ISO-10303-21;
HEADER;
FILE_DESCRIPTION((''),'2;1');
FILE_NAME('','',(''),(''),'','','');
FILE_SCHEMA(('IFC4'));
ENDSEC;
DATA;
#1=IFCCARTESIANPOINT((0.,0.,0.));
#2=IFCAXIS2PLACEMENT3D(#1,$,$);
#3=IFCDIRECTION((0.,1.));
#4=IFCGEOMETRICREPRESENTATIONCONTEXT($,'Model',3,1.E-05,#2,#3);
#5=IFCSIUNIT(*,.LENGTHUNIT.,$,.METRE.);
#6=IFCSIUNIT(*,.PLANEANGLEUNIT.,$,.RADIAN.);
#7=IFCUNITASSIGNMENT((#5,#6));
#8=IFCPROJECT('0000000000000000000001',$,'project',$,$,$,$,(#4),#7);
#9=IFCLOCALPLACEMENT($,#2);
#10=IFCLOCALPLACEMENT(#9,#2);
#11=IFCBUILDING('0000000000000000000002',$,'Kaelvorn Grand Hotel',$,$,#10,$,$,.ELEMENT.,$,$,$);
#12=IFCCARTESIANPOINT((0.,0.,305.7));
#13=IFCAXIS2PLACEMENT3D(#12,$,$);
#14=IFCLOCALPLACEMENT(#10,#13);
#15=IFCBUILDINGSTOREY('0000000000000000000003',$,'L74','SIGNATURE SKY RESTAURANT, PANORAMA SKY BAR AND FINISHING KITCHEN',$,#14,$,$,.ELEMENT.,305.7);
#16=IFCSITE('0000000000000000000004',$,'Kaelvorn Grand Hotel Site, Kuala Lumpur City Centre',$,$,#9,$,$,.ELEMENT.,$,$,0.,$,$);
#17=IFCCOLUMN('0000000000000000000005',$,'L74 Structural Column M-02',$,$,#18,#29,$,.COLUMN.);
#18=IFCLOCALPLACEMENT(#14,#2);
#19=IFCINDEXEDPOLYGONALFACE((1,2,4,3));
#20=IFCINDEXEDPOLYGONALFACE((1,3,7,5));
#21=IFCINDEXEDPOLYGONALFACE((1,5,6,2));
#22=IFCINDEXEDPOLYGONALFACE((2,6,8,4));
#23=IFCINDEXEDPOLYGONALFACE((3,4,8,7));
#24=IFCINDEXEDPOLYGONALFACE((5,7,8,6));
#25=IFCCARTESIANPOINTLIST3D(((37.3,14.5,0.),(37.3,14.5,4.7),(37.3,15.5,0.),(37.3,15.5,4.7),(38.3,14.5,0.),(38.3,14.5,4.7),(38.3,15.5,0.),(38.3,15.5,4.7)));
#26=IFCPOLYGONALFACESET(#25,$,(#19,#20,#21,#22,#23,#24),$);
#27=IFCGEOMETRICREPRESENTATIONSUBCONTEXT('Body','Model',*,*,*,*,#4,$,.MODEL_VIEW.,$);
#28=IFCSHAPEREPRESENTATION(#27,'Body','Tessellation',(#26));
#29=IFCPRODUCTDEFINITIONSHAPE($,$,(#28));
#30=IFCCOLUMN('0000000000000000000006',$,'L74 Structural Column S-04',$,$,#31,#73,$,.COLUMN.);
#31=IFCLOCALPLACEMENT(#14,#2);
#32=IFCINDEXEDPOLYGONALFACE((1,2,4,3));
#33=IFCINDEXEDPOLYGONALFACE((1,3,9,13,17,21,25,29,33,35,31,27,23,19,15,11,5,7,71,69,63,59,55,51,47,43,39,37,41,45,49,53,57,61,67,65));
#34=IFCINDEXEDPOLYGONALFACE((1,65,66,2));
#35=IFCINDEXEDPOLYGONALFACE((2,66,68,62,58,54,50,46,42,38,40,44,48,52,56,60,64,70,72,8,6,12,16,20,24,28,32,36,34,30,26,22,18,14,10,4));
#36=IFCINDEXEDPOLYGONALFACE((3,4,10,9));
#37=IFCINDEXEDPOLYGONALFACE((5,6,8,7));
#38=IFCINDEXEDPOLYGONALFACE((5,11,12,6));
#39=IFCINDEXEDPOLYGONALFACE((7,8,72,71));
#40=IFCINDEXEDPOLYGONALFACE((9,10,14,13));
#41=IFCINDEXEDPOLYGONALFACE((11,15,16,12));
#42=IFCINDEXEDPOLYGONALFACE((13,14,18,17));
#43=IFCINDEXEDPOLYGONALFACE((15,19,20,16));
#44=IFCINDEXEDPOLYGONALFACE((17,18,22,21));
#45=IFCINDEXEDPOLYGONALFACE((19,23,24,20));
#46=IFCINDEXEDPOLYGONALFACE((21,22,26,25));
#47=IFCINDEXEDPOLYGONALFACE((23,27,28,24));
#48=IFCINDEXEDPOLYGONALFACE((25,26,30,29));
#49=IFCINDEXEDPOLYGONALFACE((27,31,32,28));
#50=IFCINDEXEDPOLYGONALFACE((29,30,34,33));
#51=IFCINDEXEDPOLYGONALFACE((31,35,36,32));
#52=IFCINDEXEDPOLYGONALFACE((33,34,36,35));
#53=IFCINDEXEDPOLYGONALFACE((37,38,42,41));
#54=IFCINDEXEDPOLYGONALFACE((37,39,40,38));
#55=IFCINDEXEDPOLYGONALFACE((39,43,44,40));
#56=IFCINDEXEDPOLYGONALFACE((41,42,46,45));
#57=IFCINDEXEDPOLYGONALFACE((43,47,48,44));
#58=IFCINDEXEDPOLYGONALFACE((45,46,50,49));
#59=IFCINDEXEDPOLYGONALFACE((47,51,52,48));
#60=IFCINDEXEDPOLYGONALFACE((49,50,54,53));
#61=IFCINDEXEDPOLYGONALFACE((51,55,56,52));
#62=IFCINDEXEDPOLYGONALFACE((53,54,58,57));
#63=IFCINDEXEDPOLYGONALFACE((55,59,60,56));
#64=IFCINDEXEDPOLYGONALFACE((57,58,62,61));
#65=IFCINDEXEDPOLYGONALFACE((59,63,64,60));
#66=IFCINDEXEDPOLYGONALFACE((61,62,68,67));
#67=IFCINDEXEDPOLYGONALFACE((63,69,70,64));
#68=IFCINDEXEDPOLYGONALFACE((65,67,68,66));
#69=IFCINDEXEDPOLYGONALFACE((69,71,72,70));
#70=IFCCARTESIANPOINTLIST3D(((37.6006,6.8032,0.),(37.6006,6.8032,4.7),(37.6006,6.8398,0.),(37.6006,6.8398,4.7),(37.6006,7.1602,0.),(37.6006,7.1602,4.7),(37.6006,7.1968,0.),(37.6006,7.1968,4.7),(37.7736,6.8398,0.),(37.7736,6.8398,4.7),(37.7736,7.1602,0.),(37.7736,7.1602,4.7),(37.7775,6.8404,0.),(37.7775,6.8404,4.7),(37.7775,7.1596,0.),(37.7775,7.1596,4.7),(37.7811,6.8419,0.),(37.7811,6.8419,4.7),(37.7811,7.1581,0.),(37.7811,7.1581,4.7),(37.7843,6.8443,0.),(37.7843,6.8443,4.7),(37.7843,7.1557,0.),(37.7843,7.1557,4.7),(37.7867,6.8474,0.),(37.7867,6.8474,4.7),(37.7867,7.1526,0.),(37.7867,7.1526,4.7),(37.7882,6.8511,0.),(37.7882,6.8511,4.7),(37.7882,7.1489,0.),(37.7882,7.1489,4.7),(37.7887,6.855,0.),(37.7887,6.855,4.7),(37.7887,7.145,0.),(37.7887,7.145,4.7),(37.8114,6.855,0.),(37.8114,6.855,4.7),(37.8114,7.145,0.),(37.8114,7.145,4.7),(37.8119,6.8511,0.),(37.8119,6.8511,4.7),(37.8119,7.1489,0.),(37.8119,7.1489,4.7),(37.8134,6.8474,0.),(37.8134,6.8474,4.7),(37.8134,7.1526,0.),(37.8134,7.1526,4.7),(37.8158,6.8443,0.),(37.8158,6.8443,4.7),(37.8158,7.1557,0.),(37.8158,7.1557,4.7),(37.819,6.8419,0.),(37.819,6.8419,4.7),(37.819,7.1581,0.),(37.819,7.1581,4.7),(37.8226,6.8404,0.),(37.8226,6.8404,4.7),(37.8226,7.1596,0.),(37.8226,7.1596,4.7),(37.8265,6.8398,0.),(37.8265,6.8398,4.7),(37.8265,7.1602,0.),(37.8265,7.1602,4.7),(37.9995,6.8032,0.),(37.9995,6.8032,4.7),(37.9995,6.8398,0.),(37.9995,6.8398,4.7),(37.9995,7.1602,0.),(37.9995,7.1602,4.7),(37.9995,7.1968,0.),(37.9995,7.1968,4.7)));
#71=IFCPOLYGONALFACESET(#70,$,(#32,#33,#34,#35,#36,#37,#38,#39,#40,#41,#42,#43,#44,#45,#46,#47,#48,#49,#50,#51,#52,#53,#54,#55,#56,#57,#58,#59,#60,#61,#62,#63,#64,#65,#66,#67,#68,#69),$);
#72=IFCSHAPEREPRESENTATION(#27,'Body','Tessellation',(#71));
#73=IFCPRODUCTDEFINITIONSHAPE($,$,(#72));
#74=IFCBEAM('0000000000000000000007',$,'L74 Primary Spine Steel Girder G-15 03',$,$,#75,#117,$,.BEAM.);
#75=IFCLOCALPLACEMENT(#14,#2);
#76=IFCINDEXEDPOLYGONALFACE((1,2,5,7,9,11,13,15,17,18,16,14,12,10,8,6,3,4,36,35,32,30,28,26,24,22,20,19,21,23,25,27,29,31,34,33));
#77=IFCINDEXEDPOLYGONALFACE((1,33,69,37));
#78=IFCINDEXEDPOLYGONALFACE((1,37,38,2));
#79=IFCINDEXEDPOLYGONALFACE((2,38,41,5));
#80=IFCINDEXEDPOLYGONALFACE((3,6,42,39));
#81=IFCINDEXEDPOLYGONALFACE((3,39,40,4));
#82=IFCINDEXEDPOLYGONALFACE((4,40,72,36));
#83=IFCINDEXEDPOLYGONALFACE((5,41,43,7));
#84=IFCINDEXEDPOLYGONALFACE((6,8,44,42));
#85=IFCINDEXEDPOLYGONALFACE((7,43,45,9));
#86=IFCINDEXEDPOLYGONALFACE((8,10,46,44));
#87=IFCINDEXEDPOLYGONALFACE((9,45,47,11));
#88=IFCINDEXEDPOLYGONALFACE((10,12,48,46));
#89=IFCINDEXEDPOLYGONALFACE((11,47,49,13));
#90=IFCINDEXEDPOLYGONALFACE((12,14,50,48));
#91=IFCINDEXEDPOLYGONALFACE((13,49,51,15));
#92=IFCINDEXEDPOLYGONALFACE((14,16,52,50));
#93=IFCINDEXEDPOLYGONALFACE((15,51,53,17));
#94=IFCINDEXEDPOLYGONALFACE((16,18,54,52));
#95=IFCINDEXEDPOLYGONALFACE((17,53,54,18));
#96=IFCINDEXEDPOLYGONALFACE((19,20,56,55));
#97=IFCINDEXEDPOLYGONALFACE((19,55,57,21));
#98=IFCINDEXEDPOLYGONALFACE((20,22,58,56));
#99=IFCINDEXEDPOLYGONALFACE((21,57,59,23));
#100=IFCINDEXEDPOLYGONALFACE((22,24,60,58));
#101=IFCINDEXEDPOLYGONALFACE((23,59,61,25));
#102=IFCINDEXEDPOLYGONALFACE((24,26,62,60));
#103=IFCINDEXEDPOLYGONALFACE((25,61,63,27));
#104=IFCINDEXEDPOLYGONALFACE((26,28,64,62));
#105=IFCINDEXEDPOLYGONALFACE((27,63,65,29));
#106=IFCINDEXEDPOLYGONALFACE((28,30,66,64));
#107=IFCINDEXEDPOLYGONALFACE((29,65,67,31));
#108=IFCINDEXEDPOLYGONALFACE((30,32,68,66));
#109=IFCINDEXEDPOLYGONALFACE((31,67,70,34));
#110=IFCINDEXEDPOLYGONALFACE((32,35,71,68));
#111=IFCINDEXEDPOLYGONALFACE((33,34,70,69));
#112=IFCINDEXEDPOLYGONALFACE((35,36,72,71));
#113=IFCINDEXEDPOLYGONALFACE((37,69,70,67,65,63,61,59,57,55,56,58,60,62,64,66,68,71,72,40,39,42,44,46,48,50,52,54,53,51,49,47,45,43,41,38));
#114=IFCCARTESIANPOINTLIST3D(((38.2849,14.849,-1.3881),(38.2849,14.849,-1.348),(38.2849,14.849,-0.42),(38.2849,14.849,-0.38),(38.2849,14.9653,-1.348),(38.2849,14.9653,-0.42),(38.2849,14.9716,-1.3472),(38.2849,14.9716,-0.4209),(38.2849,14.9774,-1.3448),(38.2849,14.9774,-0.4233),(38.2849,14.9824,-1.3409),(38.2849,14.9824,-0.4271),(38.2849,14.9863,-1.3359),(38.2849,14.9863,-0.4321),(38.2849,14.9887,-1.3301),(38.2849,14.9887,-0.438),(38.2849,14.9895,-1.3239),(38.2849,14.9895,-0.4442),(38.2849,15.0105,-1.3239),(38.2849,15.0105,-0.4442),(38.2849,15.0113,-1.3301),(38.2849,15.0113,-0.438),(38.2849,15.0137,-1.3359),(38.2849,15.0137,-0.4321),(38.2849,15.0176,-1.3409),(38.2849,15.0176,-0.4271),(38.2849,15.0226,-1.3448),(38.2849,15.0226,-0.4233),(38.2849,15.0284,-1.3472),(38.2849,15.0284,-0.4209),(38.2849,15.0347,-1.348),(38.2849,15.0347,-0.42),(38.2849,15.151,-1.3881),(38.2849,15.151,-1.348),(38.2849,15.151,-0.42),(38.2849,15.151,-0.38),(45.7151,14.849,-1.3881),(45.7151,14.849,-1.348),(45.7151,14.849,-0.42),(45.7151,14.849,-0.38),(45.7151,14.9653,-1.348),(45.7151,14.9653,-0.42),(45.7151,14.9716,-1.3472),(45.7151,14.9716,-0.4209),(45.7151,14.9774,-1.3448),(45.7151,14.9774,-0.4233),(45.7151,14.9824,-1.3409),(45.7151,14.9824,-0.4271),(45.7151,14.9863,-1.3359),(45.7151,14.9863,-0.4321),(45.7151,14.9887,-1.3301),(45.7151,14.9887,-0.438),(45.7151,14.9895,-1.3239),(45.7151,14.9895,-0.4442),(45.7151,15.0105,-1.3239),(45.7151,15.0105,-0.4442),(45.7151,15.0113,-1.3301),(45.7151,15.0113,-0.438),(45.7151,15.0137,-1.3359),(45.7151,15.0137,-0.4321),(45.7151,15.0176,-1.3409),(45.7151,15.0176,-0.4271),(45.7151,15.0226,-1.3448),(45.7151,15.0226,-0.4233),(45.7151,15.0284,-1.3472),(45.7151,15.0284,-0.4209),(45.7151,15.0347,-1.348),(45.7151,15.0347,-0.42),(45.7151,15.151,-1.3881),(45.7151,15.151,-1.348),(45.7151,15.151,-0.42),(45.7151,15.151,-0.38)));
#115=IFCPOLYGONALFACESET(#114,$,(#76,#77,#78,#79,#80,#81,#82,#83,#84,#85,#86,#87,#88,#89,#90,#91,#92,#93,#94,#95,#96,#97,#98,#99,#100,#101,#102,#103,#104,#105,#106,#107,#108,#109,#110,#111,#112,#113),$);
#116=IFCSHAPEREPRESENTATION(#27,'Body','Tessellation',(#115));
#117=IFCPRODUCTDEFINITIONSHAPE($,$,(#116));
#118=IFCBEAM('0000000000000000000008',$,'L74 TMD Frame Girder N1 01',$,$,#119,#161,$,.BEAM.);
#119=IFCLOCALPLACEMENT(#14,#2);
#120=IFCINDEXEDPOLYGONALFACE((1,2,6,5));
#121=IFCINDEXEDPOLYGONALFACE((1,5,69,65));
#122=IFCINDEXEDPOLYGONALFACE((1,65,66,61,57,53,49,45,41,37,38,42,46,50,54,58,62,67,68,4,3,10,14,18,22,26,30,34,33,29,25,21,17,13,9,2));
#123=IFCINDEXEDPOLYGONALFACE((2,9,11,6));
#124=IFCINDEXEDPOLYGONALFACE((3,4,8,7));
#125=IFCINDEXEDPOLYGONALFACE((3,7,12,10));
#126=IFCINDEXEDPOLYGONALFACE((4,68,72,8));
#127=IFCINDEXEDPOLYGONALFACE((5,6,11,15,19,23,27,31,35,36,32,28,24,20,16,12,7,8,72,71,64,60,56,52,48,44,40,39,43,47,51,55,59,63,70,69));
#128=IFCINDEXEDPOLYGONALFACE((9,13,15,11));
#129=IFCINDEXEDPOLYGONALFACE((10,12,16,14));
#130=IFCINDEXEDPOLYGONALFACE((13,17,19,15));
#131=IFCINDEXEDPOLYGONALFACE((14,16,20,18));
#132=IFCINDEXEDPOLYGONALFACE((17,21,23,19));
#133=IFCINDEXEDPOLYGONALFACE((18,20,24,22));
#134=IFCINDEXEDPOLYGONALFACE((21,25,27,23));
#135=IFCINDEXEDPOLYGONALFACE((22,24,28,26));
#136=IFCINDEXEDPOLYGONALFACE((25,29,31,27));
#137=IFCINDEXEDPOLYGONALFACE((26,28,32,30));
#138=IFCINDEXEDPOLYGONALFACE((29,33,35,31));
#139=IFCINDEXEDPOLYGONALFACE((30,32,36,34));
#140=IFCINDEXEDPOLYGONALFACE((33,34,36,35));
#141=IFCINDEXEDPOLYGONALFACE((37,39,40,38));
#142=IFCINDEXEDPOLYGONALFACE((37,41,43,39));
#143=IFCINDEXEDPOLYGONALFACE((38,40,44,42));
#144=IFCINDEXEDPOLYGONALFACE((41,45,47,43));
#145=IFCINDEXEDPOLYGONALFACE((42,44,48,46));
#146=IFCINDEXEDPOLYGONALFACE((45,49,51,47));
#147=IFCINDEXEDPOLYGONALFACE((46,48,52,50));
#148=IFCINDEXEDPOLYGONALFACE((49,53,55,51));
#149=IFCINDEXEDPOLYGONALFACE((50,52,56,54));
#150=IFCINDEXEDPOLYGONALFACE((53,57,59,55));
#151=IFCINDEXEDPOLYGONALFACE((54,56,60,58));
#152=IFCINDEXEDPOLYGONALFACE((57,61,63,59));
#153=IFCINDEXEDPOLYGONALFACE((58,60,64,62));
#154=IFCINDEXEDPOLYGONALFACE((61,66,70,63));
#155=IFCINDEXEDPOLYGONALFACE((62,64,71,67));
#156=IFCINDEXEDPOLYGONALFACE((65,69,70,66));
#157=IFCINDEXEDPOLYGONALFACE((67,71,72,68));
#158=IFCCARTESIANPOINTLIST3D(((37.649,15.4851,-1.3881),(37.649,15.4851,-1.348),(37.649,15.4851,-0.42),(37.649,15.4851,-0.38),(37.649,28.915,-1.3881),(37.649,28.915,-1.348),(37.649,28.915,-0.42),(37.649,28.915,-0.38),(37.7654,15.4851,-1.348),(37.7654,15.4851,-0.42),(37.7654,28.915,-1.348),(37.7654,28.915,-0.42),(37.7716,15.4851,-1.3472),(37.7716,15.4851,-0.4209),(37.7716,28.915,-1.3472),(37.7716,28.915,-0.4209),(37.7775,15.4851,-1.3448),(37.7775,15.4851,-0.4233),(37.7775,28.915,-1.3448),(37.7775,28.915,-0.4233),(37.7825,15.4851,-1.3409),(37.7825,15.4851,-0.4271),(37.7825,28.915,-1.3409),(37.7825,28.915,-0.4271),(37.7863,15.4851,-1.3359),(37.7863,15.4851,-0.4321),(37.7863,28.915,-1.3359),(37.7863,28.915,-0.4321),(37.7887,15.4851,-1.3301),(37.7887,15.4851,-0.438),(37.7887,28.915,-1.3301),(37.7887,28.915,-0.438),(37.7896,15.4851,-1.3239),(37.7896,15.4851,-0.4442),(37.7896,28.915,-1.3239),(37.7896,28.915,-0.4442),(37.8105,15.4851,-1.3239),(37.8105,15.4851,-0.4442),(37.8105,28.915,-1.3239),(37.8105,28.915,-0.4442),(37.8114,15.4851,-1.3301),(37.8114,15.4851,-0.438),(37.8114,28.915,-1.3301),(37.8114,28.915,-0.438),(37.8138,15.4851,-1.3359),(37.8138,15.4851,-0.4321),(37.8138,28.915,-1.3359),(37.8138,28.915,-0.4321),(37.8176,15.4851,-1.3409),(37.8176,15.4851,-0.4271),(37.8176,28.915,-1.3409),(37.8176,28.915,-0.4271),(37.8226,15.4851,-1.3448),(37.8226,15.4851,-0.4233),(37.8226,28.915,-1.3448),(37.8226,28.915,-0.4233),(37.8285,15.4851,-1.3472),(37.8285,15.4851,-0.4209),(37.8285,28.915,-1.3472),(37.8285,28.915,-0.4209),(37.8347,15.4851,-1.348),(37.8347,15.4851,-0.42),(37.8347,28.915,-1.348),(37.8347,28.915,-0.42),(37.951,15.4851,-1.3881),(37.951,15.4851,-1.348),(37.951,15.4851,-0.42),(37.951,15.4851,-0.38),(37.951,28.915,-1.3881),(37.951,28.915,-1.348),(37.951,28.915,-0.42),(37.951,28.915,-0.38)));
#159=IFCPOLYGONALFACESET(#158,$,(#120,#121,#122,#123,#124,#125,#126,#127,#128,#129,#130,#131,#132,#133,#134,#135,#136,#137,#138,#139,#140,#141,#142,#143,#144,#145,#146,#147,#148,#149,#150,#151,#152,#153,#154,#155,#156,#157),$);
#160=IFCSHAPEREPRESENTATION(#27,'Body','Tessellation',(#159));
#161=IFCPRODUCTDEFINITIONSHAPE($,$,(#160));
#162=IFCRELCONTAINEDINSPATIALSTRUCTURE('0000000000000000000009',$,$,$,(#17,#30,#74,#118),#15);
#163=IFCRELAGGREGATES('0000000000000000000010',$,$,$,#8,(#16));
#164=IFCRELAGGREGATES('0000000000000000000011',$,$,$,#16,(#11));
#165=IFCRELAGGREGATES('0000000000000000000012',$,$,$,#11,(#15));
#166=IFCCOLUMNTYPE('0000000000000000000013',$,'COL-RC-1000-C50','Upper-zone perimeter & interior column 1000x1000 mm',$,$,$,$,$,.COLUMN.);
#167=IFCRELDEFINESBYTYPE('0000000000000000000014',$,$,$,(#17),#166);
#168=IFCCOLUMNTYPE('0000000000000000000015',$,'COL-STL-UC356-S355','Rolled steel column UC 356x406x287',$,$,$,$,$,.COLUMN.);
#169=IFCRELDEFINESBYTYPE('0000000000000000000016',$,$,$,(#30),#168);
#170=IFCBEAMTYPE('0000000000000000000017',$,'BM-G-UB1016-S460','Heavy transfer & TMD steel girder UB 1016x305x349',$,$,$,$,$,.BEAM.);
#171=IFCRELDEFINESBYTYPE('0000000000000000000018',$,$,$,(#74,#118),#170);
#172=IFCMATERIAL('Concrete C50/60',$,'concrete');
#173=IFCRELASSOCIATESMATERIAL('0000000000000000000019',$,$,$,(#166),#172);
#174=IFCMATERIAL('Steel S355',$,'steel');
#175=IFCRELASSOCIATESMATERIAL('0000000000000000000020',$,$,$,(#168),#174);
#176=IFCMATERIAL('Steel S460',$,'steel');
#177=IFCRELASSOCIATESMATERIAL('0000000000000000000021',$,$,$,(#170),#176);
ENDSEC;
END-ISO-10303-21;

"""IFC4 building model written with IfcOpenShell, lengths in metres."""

from ifc_helpers import new_model, si_unit, direction, frame, origin, origin_2d, place, context, subcontext, project, spatial, rectangle, i_section, extrude, material, material_profile, profile_set, type_object, element, save


model = new_model("IFC4")

# Units and contexts
model_context = context("Model", 3, precision=1e-05, world=origin(), true_north=direction((0.0, 1.0)))
body_context = subcontext(model_context, "Body", "Model", "MODEL_VIEW")
ifc_project = project(units=[si_unit("LENGTHUNIT", "METRE"), si_unit("PLANEANGLEUNIT", "RADIAN")], contexts=[model_context])

# Site, building, storey
site_placement = place(None, origin())
site = spatial("IfcSite", under=ifc_project, at=site_placement, Name="Kaelvorn Grand Hotel Site, Kuala Lumpur City Centre", CompositionType="ELEMENT", RefElevation=0.0)
building_placement = place(site_placement, origin())
building = spatial("IfcBuilding", under=site, at=building_placement, Name="Kaelvorn Grand Hotel", CompositionType="ELEMENT")
storey_placement = place(building_placement, frame((0.0, 0.0, 305.7)))
storey = spatial("IfcBuildingStorey", under=building, at=storey_placement, Name="L74", Description="SIGNATURE SKY RESTAURANT, PANORAMA SKY BAR AND FINISHING KITCHEN", CompositionType="ELEMENT", Elevation=305.7)

# Columns
ifc_material_1 = material(Name="Concrete C50/60", Category="concrete")
ifc_material_profile_1 = material_profile(ifc_material_1, rectangle(XDim=1.0, YDim=1.0, at=origin_2d()), Name="RC COL 1000x1000")
ifc_profile_set_1 = profile_set([ifc_material_profile_1], Name="Concrete C50/60")
column_type_1 = type_object("IfcColumnType", Name="COL-RC-1000-C50", Description="Upper-zone perimeter & interior column 1000x1000 mm", PredefinedType="COLUMN", material=ifc_profile_set_1)
column_1_placement = place(storey_placement, frame((37.8, 15.0, 0.0), z_axis=(0.0, 0.0, 1.0), x_axis=(1.0, 0.0, 0.0)))
element("IfcColumn", 1, at=column_1_placement, inside=storey, type_object=column_type_1, Name="L74 Structural Column M-02", PredefinedType="COLUMN", context=body_context, shape_type="SweptSolid", body=[
    extrude(rectangle(XDim=1.0, YDim=1.0, at=origin_2d()), origin(), (0.0, 0.0, 1.0), 4.7),
])
ifc_material_2 = material(Name="Steel S355", Category="steel")
ifc_material_profile_2 = material_profile(ifc_material_2, i_section(OverallWidth=0.3989, OverallDepth=0.3936, WebThickness=0.0227, FlangeThickness=0.0366, FilletRadius=0.0151, at=origin_2d()), Name="UC 356x406x287")
ifc_profile_set_2 = profile_set([ifc_material_profile_2], Name="Steel S355")
column_type_2 = type_object("IfcColumnType", Name="COL-STL-UC356-S355", Description="Rolled steel column UC 356x406x287", PredefinedType="COLUMN", material=ifc_profile_set_2)
column_2_placement = place(storey_placement, frame((37.8, 7.0, 0.0), z_axis=(0.0, 0.0, 1.0), x_axis=(1.0, 0.0, 0.0)))
element("IfcColumn", 2, at=column_2_placement, inside=storey, type_object=column_type_2, Name="L74 Structural Column S-04", PredefinedType="COLUMN", context=body_context, shape_type="SweptSolid", body=[
    extrude(i_section(OverallWidth=0.3989, OverallDepth=0.3936, WebThickness=0.0227, FlangeThickness=0.0366, FilletRadius=0.0151, at=origin_2d()), origin(), (0.0, 0.0, 1.0), 4.7),
])

# Beams
ifc_material_3 = material(Name="Steel S460", Category="steel")
ifc_material_profile_3 = material_profile(ifc_material_3, i_section(OverallWidth=0.302, OverallDepth=1.0081, WebThickness=0.021, FlangeThickness=0.04, FilletRadius=0.0242, at=origin_2d()), Name="UB 1016x305x349")
ifc_profile_set_3 = profile_set([ifc_material_profile_3], Name="Steel S460")
beam_type_1 = type_object("IfcBeamType", Name="BM-G-UB1016-S460", Description="Heavy transfer & TMD steel girder UB 1016x305x349", PredefinedType="BEAM", material=ifc_profile_set_3)
beam_1_placement = place(storey_placement, frame((38.2849, 15.0, -0.884), z_axis=(1.0, 0.0, 0.0), x_axis=(0.0, 1.0, 0.0)))
element("IfcBeam", 3, at=beam_1_placement, inside=storey, type_object=beam_type_1, Name="L74 Primary Spine Steel Girder G-15 03", PredefinedType="BEAM", context=body_context, shape_type="SweptSolid", body=[
    extrude(i_section(OverallWidth=0.302, OverallDepth=1.0081, WebThickness=0.021, FlangeThickness=0.04, FilletRadius=0.0242, at=origin_2d()), origin(), (0.0, 0.0, 1.0), 7.4302),
])
beam_2_placement = place(storey_placement, frame((37.8, 15.4851, -0.884), z_axis=(0.0, 1.0, 0.0), x_axis=(-1.0, 0.0, 0.0)))
element("IfcBeam", 4, at=beam_2_placement, inside=storey, type_object=beam_type_1, Name="L74 TMD Frame Girder N1 01", PredefinedType="BEAM", context=body_context, shape_type="SweptSolid", body=[
    extrude(i_section(OverallWidth=0.302, OverallDepth=1.0081, WebThickness=0.021, FlangeThickness=0.04, FilletRadius=0.0242, at=origin_2d()), origin(), (0.0, 0.0, 1.0), 13.4299),
])

save(model, "model.ifc")
